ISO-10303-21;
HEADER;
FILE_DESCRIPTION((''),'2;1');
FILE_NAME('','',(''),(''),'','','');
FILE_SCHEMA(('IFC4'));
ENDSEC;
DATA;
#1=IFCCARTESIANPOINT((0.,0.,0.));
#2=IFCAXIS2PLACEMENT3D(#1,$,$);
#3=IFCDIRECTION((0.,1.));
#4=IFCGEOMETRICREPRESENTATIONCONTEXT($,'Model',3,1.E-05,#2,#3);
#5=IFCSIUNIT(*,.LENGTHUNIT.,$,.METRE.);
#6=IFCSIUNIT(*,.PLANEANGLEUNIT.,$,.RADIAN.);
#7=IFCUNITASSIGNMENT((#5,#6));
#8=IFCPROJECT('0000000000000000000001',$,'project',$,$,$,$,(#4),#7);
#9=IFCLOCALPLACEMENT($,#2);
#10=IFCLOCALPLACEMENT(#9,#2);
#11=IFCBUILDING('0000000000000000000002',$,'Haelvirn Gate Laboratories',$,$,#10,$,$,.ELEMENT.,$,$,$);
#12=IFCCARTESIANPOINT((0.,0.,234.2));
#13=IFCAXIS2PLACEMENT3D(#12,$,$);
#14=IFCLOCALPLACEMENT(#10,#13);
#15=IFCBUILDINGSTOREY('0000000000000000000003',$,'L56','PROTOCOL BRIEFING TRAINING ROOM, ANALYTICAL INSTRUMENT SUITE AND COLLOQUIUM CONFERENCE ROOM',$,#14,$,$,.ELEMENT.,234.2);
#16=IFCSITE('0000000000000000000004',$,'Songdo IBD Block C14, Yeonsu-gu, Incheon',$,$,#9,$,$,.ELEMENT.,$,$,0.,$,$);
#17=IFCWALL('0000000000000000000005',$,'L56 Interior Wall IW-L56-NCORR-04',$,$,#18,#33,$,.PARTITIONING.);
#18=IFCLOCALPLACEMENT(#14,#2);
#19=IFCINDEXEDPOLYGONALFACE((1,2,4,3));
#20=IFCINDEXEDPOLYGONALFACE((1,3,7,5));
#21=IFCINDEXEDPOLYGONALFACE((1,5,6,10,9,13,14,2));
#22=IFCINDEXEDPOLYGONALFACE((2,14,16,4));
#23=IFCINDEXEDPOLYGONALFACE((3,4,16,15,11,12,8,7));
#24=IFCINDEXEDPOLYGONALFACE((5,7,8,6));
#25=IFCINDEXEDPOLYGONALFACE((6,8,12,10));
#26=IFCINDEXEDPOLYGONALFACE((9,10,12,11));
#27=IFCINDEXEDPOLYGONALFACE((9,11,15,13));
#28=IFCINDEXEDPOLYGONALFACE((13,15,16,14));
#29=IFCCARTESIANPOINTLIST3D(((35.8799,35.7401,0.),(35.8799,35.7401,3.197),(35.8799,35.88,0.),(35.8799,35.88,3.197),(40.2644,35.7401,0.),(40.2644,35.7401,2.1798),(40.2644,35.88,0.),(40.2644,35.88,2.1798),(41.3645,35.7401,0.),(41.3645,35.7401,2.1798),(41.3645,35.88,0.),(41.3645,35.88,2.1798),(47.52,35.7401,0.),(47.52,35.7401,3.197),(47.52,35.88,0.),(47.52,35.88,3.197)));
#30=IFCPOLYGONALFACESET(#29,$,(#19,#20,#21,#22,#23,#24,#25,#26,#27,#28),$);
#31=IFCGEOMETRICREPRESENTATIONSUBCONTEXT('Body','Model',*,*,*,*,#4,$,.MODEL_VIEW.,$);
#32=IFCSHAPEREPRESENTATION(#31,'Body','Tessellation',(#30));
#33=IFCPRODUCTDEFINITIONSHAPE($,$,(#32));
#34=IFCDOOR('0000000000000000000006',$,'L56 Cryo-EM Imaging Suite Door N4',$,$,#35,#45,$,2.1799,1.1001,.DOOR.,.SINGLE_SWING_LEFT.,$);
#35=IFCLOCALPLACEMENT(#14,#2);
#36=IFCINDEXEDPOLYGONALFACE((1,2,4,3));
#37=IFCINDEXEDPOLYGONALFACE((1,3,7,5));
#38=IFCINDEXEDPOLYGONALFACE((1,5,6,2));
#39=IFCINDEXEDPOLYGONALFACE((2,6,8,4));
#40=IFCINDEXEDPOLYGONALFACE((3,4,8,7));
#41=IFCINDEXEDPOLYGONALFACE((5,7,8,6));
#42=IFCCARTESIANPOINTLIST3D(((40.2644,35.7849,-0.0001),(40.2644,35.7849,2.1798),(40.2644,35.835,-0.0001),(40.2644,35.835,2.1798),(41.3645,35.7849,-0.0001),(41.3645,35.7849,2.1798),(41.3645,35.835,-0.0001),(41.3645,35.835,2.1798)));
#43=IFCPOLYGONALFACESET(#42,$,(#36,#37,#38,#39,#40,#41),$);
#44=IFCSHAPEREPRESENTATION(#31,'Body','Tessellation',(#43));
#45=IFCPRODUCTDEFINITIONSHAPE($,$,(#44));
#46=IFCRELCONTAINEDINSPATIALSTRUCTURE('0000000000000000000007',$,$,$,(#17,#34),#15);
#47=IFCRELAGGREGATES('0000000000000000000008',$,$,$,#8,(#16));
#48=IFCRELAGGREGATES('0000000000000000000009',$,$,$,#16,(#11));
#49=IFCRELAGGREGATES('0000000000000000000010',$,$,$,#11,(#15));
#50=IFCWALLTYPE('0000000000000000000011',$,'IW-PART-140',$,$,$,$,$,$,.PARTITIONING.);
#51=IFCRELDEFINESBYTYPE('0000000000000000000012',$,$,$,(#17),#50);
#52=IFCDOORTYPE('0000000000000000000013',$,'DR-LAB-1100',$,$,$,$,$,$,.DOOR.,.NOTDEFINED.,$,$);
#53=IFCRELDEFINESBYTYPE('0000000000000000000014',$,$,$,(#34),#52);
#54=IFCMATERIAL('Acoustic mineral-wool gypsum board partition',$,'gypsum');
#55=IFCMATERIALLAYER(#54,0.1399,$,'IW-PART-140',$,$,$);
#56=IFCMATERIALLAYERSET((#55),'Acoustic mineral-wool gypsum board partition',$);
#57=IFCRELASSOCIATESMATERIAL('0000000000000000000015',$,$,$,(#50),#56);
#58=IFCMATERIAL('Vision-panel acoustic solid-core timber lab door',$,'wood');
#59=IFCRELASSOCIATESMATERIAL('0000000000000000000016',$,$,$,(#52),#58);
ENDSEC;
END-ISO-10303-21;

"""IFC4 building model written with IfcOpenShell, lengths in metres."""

from ifc_helpers import new_model, si_unit, direction, frame, frame_2d, origin, place, context, subcontext, project, spatial, rectangle, extrude, source, transform, mapped, material, layer, layer_set, type_object, type_shapes, element, fill, save


model = new_model("IFC4")

# Units and contexts
model_context = context("Model", 3, precision=1e-05, world=origin(), true_north=direction((0.0, 1.0)))
body_context = subcontext(model_context, "Body", "Model", "MODEL_VIEW")
ifc_project = project(units=[si_unit("LENGTHUNIT", "METRE"), si_unit("PLANEANGLEUNIT", "RADIAN")], contexts=[model_context])

# Site, building, storey
site_placement = place(None, origin())
site = spatial("IfcSite", under=ifc_project, at=site_placement, Name="Songdo IBD Block C14, Yeonsu-gu, Incheon", CompositionType="ELEMENT", RefElevation=0.0)
building_placement = place(site_placement, origin())
building = spatial("IfcBuilding", under=site, at=building_placement, Name="Haelvirn Gate Laboratories", CompositionType="ELEMENT")
storey_placement = place(building_placement, frame((0.0, 0.0, 234.2)))
storey = spatial("IfcBuildingStorey", under=building, at=storey_placement, Name="L56", Description="PROTOCOL BRIEFING TRAINING ROOM, ANALYTICAL INSTRUMENT SUITE AND COLLOQUIUM CONFERENCE ROOM", CompositionType="ELEMENT", Elevation=234.2)

# Wall, opening, door
ifc_material_1 = material(Name="Acoustic mineral-wool gypsum board partition", Category="gypsum")
ifc_layer_1 = layer(ifc_material_1, 0.1399, Name="IW-PART-140")
ifc_layer_set_1 = layer_set([ifc_layer_1], Name="Acoustic mineral-wool gypsum board partition")
wall_type_1 = type_object("IfcWallType", Name="IW-PART-140", PredefinedType="PARTITIONING", material=ifc_layer_set_1)
wall_1_placement = place(storey_placement, frame((35.8799, 35.8101, 0.0), z_axis=(0.0, 0.0, 1.0), x_axis=(1.0, 0.0, 0.0)))
wall_1 = element("IfcWall", 1, at=wall_1_placement, inside=storey, type_object=wall_type_1, Name="L56 Interior Wall IW-L56-NCORR-04", PredefinedType="PARTITIONING", context=body_context, shape_type="SweptSolid", body=[
    extrude(rectangle(XDim=11.6401, YDim=0.1399, at=frame_2d((5.8201, 0.0))), origin(), (0.0, 0.0, 1.0), 3.197),
])
opening_placement = place(wall_1_placement, frame((4.3845, 0.0, 0.0)))
opening = element("IfcOpeningElement", 2, at=opening_placement, cuts=wall_1, PredefinedType="OPENING", context=body_context, shape_type="SweptSolid", body=[
    extrude(rectangle(XDim=1.1001, YDim=2.1799, at=frame_2d((0.55, 1.0898))), frame((0.0, 0.0801, 0.0), z_axis=(0.0, -1.0, 0.0), x_axis=(1.0, 0.0, 0.0)), (0.0, 0.0, 1.0), 0.1599),
])
ifc_material_2 = material(Name="Vision-panel acoustic solid-core timber lab door", Category="wood")
door_type = type_object("IfcDoorType", Name="DR-LAB-1100", OperationType="NOTDEFINED", PredefinedType="DOOR", material=ifc_material_2)
shared_shape_1 = source(origin(), body_context, "Body", "SweptSolid", [
    extrude(rectangle(XDim=1.1001, YDim=2.1799, at=frame_2d((0.55, 1.0898))), frame((0.0, 0.0249, 0.0), z_axis=(0.0, -1.0, 0.0), x_axis=(1.0, 0.0, 0.0)), (0.0, 0.0, 1.0), 0.05),
])
type_shapes(door_type, [shared_shape_1])
door_placement = place(opening_placement, origin())
door = element("IfcDoor", 3, at=door_placement, inside=storey, type_object=door_type, Name="L56 Cryo-EM Imaging Suite Door N4", OperationType="SINGLE_SWING_LEFT", OverallHeight=2.1799, OverallWidth=1.1001, PredefinedType="DOOR", context=body_context, shape_type="MappedRepresentation", body=[
    mapped(shared_shape_1, transform((0.0, 0.0, 0.0), scale=1.0)),
])
fill(opening, door)

save(model, "model.ifc")
